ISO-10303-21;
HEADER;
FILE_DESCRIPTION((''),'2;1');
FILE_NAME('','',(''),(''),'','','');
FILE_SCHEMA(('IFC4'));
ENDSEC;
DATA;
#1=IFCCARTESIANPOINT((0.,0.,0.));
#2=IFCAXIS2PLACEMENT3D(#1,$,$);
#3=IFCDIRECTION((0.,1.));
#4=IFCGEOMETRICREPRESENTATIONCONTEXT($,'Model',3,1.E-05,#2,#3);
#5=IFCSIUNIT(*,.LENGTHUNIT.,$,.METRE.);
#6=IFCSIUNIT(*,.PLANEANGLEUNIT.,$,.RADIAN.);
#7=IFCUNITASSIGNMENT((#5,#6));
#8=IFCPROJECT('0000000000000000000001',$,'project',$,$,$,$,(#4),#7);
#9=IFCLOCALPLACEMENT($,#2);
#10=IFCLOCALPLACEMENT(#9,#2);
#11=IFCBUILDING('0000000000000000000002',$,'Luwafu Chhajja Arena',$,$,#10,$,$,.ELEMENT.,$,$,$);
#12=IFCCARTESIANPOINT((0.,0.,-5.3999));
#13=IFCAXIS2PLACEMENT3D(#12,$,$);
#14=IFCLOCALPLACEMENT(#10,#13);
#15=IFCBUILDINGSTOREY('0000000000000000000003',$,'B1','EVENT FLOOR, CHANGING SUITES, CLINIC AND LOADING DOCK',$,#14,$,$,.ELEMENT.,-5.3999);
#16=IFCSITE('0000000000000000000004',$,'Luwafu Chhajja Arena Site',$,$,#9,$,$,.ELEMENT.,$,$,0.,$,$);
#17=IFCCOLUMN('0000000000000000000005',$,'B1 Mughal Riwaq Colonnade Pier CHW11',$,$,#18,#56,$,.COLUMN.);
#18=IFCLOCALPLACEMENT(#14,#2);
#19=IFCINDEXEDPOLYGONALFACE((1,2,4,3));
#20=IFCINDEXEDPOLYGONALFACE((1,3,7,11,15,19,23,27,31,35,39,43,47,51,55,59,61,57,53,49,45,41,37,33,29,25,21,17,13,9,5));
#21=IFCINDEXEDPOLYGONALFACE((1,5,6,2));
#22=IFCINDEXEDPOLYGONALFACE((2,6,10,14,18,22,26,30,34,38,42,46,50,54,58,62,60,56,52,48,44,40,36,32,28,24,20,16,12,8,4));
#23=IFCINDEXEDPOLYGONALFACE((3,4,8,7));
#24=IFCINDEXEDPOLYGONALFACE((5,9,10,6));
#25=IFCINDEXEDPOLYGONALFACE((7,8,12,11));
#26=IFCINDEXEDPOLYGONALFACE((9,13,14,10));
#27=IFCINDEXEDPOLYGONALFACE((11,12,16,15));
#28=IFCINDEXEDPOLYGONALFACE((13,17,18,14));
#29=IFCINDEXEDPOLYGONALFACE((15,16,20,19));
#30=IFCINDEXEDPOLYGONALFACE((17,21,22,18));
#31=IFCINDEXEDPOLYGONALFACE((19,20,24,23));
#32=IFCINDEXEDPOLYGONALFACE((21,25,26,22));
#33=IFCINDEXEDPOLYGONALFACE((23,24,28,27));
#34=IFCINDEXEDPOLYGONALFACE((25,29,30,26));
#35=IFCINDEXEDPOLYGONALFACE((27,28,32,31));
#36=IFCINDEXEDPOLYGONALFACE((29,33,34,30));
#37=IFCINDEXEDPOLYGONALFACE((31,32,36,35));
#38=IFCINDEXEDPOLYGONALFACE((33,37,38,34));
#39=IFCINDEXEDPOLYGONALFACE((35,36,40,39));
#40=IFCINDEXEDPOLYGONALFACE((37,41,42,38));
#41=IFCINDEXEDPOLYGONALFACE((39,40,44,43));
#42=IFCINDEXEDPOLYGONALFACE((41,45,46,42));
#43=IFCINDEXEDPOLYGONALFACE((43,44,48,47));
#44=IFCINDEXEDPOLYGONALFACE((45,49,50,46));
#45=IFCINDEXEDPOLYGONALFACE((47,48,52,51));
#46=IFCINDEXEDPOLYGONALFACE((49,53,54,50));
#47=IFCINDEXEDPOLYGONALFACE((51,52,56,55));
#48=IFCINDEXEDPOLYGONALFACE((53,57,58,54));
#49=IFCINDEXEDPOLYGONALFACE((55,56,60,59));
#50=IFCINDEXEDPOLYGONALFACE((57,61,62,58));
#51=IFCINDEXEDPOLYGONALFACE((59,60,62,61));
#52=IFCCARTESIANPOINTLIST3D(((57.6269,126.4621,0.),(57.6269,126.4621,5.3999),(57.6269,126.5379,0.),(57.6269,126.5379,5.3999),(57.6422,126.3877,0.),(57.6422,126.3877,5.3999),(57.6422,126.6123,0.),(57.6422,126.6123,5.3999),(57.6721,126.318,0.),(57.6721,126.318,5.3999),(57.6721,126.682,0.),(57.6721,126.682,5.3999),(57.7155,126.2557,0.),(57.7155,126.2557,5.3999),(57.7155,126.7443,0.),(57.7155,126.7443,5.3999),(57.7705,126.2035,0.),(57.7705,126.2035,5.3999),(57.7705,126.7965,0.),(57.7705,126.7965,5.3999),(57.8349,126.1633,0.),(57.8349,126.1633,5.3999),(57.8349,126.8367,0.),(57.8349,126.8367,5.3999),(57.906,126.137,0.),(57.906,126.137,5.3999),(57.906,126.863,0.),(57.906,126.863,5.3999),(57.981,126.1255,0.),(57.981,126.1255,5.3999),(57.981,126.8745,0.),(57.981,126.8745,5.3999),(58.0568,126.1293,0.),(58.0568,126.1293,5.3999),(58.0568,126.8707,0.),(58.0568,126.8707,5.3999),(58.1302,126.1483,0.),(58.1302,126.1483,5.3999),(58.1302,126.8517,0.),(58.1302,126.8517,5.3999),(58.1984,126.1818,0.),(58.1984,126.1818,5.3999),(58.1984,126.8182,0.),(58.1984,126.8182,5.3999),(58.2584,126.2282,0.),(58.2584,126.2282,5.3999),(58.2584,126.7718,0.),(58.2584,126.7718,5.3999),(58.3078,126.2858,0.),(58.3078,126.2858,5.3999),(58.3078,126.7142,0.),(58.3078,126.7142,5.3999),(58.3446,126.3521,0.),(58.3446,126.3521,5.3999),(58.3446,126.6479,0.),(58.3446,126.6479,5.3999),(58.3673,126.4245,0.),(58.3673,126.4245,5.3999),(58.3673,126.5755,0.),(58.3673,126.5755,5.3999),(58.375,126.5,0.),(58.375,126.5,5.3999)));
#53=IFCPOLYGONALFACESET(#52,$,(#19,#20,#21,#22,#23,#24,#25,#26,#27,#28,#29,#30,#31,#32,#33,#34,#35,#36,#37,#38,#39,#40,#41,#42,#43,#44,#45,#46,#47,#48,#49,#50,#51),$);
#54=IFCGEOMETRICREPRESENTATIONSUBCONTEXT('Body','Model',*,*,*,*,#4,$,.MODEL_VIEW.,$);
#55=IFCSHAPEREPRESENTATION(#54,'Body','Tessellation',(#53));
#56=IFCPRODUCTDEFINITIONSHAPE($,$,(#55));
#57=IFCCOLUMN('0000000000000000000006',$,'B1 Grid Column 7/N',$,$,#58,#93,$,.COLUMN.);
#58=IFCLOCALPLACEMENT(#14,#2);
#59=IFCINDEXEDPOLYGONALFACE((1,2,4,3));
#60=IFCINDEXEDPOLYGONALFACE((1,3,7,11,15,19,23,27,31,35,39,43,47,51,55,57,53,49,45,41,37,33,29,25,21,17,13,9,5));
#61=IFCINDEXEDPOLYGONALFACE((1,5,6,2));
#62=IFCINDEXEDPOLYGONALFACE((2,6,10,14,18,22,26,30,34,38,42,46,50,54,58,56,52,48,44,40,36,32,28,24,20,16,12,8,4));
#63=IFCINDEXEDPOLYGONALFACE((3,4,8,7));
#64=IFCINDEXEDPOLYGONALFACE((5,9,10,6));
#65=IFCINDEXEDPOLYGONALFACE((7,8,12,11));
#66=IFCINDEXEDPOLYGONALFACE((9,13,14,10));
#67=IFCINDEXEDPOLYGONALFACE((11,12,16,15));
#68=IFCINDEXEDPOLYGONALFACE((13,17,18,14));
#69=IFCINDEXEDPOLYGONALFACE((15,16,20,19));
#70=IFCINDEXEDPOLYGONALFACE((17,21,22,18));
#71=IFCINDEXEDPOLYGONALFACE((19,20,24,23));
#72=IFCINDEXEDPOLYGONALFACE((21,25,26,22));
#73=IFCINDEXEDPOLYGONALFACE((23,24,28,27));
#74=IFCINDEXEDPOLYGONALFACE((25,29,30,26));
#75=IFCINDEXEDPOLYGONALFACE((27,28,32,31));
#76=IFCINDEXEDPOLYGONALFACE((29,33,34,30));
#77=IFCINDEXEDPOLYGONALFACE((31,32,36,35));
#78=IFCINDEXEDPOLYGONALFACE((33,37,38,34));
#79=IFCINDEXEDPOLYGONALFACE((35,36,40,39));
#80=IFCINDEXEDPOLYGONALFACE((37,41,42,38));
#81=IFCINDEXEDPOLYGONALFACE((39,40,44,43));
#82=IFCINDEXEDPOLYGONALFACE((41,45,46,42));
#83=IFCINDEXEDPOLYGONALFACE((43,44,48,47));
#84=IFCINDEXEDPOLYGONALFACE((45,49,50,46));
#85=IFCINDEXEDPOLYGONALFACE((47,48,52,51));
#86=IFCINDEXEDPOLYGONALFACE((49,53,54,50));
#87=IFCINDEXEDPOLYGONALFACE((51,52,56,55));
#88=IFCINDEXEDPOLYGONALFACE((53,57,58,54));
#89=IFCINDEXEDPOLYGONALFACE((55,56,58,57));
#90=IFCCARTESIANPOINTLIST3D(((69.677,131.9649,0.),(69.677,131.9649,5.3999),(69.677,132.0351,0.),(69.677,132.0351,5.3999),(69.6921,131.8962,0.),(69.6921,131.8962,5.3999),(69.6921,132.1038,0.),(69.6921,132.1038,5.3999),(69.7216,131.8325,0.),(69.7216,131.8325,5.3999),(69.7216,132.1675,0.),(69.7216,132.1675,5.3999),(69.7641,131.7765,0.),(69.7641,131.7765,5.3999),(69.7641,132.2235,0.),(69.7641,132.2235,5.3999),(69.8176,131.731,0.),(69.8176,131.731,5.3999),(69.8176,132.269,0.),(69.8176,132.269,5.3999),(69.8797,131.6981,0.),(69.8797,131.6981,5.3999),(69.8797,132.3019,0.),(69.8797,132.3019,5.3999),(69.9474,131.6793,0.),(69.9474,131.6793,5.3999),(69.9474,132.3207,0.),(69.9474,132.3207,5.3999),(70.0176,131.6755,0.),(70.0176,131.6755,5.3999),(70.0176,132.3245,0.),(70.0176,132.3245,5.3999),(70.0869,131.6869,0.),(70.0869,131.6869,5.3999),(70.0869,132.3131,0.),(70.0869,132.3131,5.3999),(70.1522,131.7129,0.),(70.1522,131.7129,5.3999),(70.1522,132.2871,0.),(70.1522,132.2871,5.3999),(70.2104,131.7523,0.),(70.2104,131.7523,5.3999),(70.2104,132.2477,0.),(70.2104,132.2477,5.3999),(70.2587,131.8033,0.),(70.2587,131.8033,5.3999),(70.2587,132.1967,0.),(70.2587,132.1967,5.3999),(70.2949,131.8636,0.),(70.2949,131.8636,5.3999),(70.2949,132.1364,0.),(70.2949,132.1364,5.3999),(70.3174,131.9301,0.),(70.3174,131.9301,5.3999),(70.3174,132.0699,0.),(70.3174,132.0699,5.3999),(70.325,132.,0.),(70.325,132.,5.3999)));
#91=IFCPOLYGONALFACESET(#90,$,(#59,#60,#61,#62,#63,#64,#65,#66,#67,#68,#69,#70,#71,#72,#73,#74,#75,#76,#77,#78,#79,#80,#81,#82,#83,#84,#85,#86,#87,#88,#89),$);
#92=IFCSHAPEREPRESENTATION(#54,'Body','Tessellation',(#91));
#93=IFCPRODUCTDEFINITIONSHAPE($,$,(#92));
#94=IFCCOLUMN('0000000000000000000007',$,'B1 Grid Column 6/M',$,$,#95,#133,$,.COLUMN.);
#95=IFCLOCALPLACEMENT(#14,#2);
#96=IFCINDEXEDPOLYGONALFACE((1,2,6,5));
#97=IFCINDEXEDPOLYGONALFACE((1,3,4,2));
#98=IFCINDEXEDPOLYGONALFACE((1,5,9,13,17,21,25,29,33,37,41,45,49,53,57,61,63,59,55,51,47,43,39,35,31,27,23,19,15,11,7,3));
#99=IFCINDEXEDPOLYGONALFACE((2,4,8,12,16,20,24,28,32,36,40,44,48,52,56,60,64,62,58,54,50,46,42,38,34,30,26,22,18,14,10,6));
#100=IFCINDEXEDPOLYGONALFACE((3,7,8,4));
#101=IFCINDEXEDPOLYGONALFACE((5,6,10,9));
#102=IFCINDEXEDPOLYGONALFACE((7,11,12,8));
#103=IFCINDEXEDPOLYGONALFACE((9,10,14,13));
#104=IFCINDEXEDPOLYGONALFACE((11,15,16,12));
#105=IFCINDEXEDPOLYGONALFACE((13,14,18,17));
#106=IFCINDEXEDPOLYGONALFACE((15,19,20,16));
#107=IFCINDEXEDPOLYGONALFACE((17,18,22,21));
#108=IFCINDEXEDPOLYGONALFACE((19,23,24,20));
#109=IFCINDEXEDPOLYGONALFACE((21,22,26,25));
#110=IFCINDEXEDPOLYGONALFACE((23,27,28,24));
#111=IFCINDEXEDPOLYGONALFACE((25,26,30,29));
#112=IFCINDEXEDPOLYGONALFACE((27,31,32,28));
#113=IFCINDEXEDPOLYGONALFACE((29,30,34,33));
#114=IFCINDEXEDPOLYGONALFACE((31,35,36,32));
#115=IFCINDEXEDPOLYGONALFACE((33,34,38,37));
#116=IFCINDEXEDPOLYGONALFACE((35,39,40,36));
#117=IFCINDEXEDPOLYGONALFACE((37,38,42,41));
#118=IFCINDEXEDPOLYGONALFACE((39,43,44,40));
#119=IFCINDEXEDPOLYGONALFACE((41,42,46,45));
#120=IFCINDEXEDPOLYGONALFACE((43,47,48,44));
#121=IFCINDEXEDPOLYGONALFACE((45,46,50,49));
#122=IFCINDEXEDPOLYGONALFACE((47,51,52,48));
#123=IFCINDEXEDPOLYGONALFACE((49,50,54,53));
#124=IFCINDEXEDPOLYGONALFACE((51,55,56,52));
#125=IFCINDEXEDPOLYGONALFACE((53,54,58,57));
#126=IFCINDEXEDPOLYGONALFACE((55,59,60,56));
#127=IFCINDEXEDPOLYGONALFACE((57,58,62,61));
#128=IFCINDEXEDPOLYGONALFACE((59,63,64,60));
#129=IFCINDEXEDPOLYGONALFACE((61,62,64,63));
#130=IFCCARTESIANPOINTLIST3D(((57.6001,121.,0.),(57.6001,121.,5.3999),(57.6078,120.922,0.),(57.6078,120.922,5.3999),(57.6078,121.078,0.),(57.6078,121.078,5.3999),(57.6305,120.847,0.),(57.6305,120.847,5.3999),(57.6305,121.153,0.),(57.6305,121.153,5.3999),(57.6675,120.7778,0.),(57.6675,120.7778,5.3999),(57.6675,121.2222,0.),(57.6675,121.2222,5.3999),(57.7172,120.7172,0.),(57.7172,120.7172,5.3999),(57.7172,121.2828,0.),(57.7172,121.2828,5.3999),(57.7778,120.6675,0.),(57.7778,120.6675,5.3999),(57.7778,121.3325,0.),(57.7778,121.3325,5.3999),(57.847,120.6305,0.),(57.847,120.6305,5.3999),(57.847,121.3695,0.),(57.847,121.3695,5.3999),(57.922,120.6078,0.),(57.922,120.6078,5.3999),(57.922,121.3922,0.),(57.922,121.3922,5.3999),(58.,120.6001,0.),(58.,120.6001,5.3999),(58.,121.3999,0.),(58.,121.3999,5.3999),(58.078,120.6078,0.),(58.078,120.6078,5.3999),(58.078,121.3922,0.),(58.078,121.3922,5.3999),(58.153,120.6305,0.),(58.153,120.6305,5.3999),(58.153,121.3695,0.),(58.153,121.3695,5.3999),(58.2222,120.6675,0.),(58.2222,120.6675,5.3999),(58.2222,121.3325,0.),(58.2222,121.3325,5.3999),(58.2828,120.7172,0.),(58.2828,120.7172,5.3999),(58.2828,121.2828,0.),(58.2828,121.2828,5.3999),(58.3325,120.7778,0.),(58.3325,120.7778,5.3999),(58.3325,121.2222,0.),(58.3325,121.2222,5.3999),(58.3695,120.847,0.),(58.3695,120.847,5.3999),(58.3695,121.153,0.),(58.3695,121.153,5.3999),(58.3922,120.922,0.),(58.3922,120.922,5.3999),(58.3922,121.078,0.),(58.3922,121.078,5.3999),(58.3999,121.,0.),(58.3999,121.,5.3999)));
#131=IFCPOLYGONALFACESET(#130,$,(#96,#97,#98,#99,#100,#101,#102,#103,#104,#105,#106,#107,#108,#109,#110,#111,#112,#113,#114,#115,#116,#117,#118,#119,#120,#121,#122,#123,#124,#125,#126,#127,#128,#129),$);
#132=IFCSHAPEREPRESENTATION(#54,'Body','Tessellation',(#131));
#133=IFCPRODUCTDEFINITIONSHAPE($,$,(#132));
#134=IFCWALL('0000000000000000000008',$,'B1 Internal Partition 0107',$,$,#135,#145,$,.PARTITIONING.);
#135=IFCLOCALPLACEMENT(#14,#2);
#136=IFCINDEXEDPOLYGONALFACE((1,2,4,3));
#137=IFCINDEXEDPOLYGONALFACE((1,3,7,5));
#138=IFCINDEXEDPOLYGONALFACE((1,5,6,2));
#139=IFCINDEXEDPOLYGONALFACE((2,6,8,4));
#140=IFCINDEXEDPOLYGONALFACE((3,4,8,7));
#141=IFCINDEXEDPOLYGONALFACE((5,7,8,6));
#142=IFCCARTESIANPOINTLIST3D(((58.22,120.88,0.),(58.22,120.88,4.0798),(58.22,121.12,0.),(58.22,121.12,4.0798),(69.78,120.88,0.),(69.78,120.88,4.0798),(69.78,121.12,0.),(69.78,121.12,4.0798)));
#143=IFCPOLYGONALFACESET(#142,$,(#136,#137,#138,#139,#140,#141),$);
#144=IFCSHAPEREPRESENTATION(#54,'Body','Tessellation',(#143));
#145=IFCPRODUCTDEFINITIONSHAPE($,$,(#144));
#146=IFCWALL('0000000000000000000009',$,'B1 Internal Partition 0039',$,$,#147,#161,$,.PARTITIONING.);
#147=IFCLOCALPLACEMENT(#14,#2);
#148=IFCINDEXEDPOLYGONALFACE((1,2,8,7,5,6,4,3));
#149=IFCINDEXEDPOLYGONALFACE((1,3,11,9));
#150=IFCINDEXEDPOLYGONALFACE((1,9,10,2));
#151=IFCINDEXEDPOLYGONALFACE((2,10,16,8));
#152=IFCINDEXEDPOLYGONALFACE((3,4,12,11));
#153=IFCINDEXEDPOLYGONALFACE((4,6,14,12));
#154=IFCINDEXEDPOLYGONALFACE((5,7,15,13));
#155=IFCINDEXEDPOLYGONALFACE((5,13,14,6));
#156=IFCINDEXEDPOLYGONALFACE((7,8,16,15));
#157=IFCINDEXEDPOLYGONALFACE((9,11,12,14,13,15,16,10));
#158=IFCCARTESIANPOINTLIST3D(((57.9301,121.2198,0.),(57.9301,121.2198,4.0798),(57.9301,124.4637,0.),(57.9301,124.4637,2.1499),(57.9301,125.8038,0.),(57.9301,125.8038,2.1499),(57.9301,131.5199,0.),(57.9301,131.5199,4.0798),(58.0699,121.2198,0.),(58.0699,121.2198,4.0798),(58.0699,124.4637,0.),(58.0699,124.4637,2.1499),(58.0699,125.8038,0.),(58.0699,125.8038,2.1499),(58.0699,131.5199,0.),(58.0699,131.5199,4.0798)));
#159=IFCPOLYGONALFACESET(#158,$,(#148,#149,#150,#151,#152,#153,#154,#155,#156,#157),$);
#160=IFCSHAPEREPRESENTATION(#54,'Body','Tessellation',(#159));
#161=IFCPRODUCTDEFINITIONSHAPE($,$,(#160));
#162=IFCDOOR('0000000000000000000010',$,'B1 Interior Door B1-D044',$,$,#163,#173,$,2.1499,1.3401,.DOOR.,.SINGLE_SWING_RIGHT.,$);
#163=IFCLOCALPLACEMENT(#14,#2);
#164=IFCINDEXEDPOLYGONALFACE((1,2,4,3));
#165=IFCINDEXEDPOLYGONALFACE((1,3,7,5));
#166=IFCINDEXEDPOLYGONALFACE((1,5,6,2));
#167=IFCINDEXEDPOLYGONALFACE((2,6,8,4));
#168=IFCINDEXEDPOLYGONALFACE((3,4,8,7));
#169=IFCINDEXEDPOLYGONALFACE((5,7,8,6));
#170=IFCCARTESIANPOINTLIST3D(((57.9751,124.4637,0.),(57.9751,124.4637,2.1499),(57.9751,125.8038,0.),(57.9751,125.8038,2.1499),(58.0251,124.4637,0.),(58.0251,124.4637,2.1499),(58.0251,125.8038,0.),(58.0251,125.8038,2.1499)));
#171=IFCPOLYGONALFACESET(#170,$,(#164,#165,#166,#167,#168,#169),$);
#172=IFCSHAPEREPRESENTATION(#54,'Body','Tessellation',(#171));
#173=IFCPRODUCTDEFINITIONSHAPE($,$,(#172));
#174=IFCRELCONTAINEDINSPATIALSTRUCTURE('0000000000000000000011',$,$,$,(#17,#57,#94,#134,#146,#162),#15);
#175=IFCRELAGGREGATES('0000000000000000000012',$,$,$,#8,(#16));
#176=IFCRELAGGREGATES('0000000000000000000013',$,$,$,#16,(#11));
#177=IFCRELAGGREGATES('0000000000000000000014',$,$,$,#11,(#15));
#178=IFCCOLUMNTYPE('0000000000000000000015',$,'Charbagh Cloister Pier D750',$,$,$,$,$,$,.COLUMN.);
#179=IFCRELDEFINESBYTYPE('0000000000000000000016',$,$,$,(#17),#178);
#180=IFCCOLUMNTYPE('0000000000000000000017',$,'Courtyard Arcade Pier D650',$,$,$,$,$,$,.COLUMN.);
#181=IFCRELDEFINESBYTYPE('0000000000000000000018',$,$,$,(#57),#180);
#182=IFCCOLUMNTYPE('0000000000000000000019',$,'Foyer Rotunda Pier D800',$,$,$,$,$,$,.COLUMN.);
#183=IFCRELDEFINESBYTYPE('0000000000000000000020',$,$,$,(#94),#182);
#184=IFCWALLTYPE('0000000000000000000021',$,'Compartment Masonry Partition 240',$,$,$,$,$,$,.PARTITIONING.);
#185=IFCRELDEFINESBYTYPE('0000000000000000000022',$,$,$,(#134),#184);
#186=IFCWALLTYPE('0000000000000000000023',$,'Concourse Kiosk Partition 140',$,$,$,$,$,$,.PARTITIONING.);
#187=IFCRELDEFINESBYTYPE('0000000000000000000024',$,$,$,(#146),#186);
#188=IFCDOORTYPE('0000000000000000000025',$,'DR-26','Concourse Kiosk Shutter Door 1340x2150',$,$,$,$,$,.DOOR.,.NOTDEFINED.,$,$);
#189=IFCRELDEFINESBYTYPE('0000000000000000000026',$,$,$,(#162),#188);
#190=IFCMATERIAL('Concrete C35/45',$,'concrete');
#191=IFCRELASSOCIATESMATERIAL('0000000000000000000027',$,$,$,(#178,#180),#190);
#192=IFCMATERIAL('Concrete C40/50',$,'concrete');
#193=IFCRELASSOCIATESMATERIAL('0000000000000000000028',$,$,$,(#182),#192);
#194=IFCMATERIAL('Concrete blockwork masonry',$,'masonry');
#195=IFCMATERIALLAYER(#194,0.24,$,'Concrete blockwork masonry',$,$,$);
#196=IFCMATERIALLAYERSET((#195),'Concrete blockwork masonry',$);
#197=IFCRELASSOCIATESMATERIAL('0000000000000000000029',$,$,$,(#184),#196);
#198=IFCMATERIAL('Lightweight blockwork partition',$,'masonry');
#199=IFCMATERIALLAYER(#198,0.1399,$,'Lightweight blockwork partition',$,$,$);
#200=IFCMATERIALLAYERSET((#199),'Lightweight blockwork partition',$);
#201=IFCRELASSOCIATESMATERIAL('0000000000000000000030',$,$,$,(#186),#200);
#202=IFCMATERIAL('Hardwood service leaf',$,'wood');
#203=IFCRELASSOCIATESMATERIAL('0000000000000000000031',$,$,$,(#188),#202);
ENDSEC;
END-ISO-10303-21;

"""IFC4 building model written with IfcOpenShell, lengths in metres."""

from ifc_helpers import new_model, si_unit, direction, frame, frame_2d, origin, origin_2d, place, context, subcontext, project, spatial, rectangle, circle, extrude, material, layer, layer_set, material_profile, profile_set, type_object, element, fill, save


model = new_model("IFC4")

# Units and contexts
model_context = context("Model", 3, precision=1e-05, world=origin(), true_north=direction((0.0, 1.0)))
body_context = subcontext(model_context, "Body", "Model", "MODEL_VIEW")
ifc_project = project(units=[si_unit("LENGTHUNIT", "METRE"), si_unit("PLANEANGLEUNIT", "RADIAN")], contexts=[model_context])

# Site, building, storey
site_placement = place(None, origin())
site = spatial("IfcSite", under=ifc_project, at=site_placement, Name="Luwafu Chhajja Arena Site", CompositionType="ELEMENT", RefElevation=0.0)
building_placement = place(site_placement, origin())
building = spatial("IfcBuilding", under=site, at=building_placement, Name="Luwafu Chhajja Arena", CompositionType="ELEMENT")
storey_placement = place(building_placement, frame((0.0, 0.0, -5.3999)))
storey = spatial("IfcBuildingStorey", under=building, at=storey_placement, Name="B1", Description="EVENT FLOOR, CHANGING SUITES, CLINIC AND LOADING DOCK", CompositionType="ELEMENT", Elevation=-5.3999)

# Shared definitions
ifc_material_1 = material(Name="Concrete C35/45", Category="concrete")

# Columns
ifc_material_profile_1 = material_profile(ifc_material_1, circle(Radius=0.375, at=origin_2d()), Name="RC COL D750")
ifc_profile_set_1 = profile_set([ifc_material_profile_1], Name="Concrete C35/45")
column_type_1 = type_object("IfcColumnType", Name="Charbagh Cloister Pier D750", PredefinedType="COLUMN", material=ifc_profile_set_1)
for number, where, z_axis, x_axis, name in (
    (1, (58.0, 126.5, 0.0), (0.0, 0.0, 1.0), (1.0, 0.0, 0.0), "B1 Mughal Riwaq Colonnade Pier CHW11"),
):
    element("IfcColumn", number, at=place(storey_placement, frame(where, z_axis=z_axis, x_axis=x_axis)), inside=storey, type_object=column_type_1, Name=name, PredefinedType="COLUMN", context=body_context, shape_type="SweptSolid", body=[
        extrude(circle(Radius=0.375, at=origin_2d()), origin(), (0.0, 0.0, 1.0), 5.3999),
    ])
ifc_material_profile_2 = material_profile(ifc_material_1, circle(Radius=0.325, at=origin_2d()), Name="RC COL D650")
ifc_profile_set_2 = profile_set([ifc_material_profile_2], Name="Concrete C35/45")
column_type_2 = type_object("IfcColumnType", Name="Courtyard Arcade Pier D650", PredefinedType="COLUMN", material=ifc_profile_set_2)
column_1_placement = place(storey_placement, frame((70.0, 132.0, 0.0), z_axis=(0.0, 0.0, 1.0), x_axis=(1.0, 0.0, 0.0)))
element("IfcColumn", 2, at=column_1_placement, inside=storey, type_object=column_type_2, Name="B1 Grid Column 7/N", PredefinedType="COLUMN", context=body_context, shape_type="SweptSolid", body=[
    extrude(circle(Radius=0.325, at=origin_2d()), origin(), (0.0, 0.0, 1.0), 5.3999),
])
ifc_material_2 = material(Name="Concrete C40/50", Category="concrete")
ifc_material_profile_3 = material_profile(ifc_material_2, circle(Radius=0.3999, at=origin_2d()), Name="RC COL D800")
ifc_profile_set_3 = profile_set([ifc_material_profile_3], Name="Concrete C40/50")
column_type_3 = type_object("IfcColumnType", Name="Foyer Rotunda Pier D800", PredefinedType="COLUMN", material=ifc_profile_set_3)
column_2_placement = place(storey_placement, frame((58.0, 121.0, 0.0), z_axis=(0.0, 0.0, 1.0), x_axis=(1.0, 0.0, 0.0)))
element("IfcColumn", 3, at=column_2_placement, inside=storey, type_object=column_type_3, Name="B1 Grid Column 6/M", PredefinedType="COLUMN", context=body_context, shape_type="SweptSolid", body=[
    extrude(circle(Radius=0.3999, at=origin_2d()), origin(), (0.0, 0.0, 1.0), 5.3999),
])

# Wall
ifc_material_3 = material(Name="Concrete blockwork masonry", Category="masonry")
ifc_layer_1 = layer(ifc_material_3, 0.24, Name="Concrete blockwork masonry")
ifc_layer_set_1 = layer_set([ifc_layer_1], Name="Concrete blockwork masonry")
wall_type_1 = type_object("IfcWallType", Name="Compartment Masonry Partition 240", PredefinedType="PARTITIONING", material=ifc_layer_set_1)
wall_1_placement = place(storey_placement, frame((58.22, 121.0, 0.0), z_axis=(0.0, 0.0, 1.0), x_axis=(1.0, 0.0, 0.0)))
element("IfcWall", 4, at=wall_1_placement, inside=storey, type_object=wall_type_1, Name="B1 Internal Partition 0107", PredefinedType="PARTITIONING", context=body_context, shape_type="SweptSolid", body=[
    extrude(rectangle(XDim=11.5601, YDim=0.24, at=frame_2d((5.78, 0.0))), origin(), (0.0, 0.0, 1.0), 4.0798),
])

# Wall, opening, door
ifc_material_4 = material(Name="Lightweight blockwork partition", Category="masonry")
ifc_layer_2 = layer(ifc_material_4, 0.1399, Name="Lightweight blockwork partition")
ifc_layer_set_2 = layer_set([ifc_layer_2], Name="Lightweight blockwork partition")
wall_type_2 = type_object("IfcWallType", Name="Concourse Kiosk Partition 140", PredefinedType="PARTITIONING", material=ifc_layer_set_2)
wall_2_placement = place(storey_placement, frame((58.0, 121.22, 0.0), z_axis=(0.0, 0.0, 1.0), x_axis=(0.0, 1.0, 0.0)))
wall_2 = element("IfcWall", 5, at=wall_2_placement, inside=storey, type_object=wall_type_2, Name="B1 Internal Partition 0039", PredefinedType="PARTITIONING", context=body_context, shape_type="SweptSolid", body=[
    extrude(rectangle(XDim=10.3, YDim=0.1399, at=frame_2d((5.1499, 0.0))), origin(), (0.0, 0.0, 1.0), 4.0798),
])
opening_1_placement = place(wall_2_placement, frame((3.2439, 0.0, 0.0)))
opening_1 = element("IfcOpeningElement", 6, at=opening_1_placement, cuts=wall_2, PredefinedType="OPENING", context=body_context, shape_type="SweptSolid", body=[
    extrude(rectangle(XDim=1.3401, YDim=2.1499, at=frame_2d((0.6699, 1.075))), frame((0.0, 0.0798, 0.0), z_axis=(0.0, -1.0, 0.0), x_axis=(1.0, 0.0, 0.0)), (0.0, 0.0, 1.0), 0.1599),
])
ifc_material_5 = material(Name="Hardwood service leaf", Category="wood")
door_type_1 = type_object("IfcDoorType", Name="DR-26", Description="Concourse Kiosk Shutter Door 1340x2150", OperationType="NOTDEFINED", PredefinedType="DOOR", material=ifc_material_5)
door_1_placement = place(opening_1_placement, origin())
door_1 = element("IfcDoor", 7, at=door_1_placement, inside=storey, type_object=door_type_1, Name="B1 Interior Door B1-D044", OperationType="SINGLE_SWING_RIGHT", OverallHeight=2.1499, OverallWidth=1.3401, PredefinedType="DOOR", context=body_context, shape_type="SweptSolid", body=[
    extrude(rectangle(XDim=1.3401, YDim=2.1499, at=frame_2d((0.6699, 1.075))), frame((0.0, 0.0249, 0.0), z_axis=(0.0, -1.0, 0.0), x_axis=(1.0, 0.0, 0.0)), (0.0, 0.0, 1.0), 0.05),
])
fill(opening_1, door_1)

save(model, "model.ifc")
